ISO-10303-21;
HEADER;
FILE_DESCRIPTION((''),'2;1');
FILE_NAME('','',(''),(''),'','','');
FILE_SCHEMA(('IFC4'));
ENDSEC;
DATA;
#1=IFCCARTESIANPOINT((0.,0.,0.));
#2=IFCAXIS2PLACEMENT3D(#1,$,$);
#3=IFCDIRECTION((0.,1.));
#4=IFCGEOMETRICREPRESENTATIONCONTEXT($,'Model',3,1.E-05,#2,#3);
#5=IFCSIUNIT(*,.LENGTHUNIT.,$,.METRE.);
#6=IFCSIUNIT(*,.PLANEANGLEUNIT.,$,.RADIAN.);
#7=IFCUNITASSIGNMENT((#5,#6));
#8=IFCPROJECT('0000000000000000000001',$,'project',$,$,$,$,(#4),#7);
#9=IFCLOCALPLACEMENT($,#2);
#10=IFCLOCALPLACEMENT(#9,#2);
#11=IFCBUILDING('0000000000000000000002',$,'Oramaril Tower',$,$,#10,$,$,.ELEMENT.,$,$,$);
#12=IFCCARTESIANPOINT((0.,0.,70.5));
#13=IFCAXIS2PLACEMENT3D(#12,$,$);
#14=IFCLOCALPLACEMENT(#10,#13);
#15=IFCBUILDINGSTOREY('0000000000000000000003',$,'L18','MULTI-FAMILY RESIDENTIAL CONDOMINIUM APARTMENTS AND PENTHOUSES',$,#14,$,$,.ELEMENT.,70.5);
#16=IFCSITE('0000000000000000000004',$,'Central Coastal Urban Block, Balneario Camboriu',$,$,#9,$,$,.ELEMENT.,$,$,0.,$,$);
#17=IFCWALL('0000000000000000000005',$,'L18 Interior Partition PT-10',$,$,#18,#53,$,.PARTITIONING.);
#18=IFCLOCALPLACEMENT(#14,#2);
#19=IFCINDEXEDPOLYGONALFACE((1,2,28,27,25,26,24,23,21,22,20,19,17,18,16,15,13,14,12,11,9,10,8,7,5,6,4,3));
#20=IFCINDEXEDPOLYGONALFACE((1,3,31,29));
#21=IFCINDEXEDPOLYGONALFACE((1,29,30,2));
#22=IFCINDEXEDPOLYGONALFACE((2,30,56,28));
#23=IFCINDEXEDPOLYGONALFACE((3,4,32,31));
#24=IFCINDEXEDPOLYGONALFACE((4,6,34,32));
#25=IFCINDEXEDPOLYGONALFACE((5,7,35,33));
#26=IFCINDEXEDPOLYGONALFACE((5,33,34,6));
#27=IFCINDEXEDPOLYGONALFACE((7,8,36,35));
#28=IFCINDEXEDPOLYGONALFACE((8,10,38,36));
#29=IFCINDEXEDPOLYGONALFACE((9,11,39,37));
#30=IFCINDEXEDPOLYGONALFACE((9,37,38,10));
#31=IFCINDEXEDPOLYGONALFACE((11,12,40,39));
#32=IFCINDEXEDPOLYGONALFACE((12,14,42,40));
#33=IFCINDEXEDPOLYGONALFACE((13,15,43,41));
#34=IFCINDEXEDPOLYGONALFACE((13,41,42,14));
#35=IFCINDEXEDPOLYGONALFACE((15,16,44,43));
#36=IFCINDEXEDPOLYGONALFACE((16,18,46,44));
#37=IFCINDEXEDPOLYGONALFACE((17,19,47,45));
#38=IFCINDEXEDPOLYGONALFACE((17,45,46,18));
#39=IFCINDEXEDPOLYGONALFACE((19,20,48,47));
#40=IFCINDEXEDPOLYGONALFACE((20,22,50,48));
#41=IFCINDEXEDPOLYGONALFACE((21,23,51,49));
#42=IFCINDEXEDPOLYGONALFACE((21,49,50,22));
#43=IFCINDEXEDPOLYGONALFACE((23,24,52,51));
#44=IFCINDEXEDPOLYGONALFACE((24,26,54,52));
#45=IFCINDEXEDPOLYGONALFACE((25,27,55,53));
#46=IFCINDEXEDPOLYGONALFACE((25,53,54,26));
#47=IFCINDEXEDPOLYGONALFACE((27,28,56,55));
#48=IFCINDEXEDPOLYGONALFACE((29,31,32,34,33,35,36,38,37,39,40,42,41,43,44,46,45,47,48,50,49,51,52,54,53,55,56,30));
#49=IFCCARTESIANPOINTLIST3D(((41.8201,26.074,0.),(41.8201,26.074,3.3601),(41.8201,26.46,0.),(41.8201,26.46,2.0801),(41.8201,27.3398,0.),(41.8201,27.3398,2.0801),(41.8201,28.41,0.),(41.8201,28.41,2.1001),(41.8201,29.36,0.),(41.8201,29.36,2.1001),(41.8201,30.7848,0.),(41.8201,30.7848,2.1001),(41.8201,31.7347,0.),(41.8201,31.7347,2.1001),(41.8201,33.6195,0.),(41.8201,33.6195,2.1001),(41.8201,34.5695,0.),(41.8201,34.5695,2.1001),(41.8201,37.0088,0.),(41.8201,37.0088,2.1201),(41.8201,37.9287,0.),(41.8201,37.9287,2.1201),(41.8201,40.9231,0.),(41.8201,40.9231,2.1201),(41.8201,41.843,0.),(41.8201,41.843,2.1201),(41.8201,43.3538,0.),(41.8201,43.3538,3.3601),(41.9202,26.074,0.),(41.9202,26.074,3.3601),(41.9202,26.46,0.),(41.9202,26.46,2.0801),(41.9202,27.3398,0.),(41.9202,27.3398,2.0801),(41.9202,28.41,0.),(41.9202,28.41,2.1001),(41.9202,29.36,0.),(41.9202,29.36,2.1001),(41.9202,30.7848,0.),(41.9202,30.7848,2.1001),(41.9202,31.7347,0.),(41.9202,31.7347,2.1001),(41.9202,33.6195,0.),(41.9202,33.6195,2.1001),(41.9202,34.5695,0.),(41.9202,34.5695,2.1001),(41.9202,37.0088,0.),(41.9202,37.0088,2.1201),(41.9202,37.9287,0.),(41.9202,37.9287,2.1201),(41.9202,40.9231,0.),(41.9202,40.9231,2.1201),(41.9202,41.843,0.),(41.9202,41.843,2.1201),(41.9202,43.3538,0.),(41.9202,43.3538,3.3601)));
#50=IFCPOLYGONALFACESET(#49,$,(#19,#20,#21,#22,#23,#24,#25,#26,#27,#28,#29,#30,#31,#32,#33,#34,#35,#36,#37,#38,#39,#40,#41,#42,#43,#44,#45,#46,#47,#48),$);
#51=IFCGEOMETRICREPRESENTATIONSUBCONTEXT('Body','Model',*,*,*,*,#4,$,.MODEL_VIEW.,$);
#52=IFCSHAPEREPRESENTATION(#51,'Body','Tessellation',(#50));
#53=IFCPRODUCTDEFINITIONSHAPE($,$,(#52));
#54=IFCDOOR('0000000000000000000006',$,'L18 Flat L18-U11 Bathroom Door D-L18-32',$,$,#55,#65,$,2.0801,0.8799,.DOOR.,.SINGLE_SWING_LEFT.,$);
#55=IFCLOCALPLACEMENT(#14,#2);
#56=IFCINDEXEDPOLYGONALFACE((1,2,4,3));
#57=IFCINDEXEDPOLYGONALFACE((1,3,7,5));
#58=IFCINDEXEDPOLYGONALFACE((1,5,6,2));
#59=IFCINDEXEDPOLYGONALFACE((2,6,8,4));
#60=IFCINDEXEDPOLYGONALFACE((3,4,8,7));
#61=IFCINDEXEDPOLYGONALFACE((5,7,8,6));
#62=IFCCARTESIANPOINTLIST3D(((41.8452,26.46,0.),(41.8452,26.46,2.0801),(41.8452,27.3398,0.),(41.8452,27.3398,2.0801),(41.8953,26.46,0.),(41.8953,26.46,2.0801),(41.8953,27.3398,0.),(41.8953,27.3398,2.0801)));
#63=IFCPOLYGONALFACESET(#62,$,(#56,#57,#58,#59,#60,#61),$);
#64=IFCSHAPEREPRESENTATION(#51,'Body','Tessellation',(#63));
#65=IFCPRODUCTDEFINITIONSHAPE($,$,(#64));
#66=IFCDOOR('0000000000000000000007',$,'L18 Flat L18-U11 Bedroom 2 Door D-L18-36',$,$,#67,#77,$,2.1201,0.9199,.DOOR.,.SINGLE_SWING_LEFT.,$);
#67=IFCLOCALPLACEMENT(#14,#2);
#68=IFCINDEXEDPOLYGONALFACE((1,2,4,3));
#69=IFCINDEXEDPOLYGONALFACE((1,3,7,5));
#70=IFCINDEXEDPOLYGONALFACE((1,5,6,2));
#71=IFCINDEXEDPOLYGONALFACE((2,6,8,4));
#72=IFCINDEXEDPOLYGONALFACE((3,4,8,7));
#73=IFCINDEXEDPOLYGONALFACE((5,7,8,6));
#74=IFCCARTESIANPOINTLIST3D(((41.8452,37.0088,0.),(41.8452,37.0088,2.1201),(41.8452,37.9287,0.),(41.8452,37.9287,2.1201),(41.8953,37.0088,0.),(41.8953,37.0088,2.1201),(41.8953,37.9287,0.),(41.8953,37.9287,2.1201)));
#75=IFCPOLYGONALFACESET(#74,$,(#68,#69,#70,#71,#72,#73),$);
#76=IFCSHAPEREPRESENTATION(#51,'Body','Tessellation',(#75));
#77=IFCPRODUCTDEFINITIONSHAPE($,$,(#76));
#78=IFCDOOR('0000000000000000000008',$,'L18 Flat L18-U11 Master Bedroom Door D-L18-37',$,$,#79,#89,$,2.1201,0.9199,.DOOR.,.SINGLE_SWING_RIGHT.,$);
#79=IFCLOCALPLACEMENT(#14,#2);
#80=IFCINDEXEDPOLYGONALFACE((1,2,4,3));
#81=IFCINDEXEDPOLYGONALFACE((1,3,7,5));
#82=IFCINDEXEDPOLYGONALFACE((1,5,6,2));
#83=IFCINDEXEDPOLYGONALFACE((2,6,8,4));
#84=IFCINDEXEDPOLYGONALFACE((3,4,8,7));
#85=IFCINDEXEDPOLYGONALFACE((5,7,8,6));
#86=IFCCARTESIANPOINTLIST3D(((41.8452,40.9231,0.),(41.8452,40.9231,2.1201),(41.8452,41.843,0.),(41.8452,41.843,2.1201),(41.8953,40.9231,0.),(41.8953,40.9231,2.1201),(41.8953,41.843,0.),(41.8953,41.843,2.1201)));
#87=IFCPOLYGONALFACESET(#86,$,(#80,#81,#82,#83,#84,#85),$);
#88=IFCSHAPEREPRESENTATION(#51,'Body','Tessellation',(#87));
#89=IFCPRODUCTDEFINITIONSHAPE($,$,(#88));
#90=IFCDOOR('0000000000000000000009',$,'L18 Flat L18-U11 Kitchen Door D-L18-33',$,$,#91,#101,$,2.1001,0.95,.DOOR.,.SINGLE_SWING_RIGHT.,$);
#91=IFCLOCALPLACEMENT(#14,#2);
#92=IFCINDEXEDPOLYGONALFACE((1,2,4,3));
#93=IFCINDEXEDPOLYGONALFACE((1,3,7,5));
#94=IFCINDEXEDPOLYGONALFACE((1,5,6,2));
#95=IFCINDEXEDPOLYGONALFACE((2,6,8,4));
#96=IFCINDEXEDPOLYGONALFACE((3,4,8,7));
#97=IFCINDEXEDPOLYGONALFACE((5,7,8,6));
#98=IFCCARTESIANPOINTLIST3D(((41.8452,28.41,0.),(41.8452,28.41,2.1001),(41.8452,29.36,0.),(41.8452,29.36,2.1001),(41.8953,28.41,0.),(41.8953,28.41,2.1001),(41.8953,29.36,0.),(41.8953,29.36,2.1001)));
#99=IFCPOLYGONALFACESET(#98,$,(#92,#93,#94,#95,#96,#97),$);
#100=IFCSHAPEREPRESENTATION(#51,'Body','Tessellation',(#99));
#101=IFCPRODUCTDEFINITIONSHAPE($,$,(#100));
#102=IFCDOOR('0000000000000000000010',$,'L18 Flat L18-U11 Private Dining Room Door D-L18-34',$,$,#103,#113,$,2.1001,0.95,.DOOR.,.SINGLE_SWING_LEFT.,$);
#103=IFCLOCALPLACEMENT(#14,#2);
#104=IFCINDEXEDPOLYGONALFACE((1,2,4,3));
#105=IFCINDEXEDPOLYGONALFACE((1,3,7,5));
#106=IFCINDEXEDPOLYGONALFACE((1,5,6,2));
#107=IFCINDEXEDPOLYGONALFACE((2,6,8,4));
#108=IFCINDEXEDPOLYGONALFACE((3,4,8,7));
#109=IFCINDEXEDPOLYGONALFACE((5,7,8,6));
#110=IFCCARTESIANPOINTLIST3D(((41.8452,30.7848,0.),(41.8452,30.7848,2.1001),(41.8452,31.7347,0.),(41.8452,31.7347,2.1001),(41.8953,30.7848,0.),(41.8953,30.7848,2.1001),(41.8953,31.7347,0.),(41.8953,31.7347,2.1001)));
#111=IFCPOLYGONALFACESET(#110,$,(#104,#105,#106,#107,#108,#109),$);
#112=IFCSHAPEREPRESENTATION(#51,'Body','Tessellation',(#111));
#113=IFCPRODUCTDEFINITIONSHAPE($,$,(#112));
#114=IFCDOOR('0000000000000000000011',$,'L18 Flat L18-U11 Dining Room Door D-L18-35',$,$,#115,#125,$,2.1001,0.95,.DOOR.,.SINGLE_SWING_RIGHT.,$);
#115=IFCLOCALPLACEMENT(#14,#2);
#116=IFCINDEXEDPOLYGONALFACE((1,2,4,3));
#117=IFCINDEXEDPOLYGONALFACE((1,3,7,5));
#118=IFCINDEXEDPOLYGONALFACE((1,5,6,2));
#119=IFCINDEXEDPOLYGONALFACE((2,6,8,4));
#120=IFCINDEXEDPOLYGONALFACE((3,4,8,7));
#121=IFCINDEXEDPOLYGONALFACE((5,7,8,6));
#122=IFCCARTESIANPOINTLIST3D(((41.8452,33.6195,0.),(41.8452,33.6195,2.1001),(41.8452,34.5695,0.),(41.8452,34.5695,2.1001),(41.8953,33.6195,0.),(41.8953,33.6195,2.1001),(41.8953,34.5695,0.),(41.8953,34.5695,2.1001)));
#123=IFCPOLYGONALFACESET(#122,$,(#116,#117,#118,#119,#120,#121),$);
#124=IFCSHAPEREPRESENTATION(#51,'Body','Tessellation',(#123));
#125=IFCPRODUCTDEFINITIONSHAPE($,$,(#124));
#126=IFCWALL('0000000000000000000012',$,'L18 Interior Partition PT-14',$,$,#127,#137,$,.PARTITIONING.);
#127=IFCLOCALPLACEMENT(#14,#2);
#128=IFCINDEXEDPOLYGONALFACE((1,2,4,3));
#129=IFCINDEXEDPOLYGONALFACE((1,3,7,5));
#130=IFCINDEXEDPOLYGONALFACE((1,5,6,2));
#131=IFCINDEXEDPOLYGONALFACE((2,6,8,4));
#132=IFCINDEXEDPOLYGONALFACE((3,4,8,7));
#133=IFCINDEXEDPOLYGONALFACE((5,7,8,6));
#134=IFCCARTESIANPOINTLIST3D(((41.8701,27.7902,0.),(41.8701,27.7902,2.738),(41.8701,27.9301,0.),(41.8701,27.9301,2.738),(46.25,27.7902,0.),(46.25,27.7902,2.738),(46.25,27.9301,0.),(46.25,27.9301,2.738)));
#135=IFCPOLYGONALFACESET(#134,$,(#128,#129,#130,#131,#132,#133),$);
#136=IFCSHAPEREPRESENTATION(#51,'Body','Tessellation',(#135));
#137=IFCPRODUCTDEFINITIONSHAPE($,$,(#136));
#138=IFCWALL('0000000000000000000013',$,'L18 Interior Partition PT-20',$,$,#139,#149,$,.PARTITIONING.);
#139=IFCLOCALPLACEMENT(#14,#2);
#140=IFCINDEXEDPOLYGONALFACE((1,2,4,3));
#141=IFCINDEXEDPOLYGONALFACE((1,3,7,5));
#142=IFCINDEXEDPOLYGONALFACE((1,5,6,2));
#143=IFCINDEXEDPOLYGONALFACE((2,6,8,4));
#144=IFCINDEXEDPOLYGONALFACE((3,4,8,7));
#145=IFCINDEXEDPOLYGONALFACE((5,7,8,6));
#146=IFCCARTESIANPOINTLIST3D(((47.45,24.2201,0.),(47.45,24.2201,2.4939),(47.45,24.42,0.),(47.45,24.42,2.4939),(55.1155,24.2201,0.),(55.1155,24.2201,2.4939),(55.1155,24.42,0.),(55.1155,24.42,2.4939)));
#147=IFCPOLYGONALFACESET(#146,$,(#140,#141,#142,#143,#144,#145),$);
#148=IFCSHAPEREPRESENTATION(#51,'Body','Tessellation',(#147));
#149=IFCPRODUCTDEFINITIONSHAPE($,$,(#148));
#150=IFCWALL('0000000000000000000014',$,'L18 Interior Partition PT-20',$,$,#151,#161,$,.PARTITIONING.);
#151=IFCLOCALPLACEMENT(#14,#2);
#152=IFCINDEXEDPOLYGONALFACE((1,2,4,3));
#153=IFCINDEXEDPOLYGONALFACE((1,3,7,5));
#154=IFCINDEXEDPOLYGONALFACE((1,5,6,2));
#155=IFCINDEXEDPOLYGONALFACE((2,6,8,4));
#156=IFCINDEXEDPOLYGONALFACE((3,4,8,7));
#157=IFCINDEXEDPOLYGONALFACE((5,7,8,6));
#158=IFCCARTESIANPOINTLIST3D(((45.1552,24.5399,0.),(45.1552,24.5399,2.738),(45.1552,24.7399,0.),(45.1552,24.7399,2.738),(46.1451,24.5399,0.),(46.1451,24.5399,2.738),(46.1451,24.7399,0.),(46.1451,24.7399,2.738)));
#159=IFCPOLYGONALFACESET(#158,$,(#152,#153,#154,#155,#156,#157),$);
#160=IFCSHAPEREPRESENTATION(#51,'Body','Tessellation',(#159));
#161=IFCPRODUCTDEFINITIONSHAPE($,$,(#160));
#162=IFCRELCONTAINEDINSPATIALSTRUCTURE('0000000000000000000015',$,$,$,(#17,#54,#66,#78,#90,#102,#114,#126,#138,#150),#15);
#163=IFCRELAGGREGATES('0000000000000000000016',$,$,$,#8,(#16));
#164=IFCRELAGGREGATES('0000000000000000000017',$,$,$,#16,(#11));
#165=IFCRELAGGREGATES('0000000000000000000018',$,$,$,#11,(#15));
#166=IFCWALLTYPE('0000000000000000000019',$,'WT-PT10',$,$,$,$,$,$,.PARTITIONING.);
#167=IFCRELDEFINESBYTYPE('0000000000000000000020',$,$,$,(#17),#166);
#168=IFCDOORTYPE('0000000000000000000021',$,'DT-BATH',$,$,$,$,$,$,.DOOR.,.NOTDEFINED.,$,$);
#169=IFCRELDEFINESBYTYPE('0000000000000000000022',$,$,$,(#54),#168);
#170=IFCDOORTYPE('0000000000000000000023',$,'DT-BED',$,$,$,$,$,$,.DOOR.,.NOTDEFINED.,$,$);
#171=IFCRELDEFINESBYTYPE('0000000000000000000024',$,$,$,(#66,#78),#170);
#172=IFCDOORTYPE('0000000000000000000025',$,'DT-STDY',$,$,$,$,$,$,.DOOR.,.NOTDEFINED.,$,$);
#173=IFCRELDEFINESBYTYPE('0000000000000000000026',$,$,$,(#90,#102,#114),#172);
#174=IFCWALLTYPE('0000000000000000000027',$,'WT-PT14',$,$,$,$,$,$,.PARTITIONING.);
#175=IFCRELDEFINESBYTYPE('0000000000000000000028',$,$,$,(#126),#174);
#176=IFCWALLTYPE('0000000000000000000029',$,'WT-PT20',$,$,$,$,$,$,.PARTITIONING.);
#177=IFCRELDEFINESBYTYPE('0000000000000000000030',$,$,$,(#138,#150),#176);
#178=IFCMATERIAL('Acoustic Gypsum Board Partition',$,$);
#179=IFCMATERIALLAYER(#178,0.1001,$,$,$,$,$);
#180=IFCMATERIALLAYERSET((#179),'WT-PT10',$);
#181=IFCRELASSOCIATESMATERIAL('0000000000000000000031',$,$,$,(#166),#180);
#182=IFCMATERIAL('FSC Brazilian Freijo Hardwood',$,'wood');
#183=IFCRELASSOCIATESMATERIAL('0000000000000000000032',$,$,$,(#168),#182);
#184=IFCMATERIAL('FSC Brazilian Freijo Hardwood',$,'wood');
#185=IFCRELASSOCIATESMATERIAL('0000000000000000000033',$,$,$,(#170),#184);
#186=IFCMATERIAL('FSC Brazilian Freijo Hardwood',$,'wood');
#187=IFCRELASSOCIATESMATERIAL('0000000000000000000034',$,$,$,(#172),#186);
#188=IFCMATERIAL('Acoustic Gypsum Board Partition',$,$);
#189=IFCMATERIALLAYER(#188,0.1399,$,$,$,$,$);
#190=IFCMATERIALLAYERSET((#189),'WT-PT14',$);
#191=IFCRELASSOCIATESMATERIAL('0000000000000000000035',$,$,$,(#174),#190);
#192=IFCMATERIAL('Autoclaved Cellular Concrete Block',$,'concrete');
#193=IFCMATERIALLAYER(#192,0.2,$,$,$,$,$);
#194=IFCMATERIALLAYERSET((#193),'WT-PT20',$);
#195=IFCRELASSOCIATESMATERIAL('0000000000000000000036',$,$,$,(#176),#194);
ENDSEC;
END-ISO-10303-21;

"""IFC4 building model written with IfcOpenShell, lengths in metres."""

from ifc_helpers import new_model, si_unit, direction, frame, frame_2d, origin, place, context, subcontext, project, spatial, rectangle, extrude, material, layer, layer_set, type_object, element, fill, save


model = new_model("IFC4")

# Units and contexts
model_context = context("Model", 3, precision=1e-05, world=origin(), true_north=direction((0.0, 1.0)))
body_context = subcontext(model_context, "Body", "Model", "MODEL_VIEW")
ifc_project = project(units=[si_unit("LENGTHUNIT", "METRE"), si_unit("PLANEANGLEUNIT", "RADIAN")], contexts=[model_context])

# Site, building, storey
site_placement = place(None, origin())
site = spatial("IfcSite", under=ifc_project, at=site_placement, Name="Central Coastal Urban Block, Balneario Camboriu", CompositionType="ELEMENT", RefElevation=0.0)
building_placement = place(site_placement, origin())
building = spatial("IfcBuilding", under=site, at=building_placement, Name="Oramaril Tower", CompositionType="ELEMENT")
storey_placement = place(building_placement, frame((0.0, 0.0, 70.5)))
storey = spatial("IfcBuildingStorey", under=building, at=storey_placement, Name="L18", Description="MULTI-FAMILY RESIDENTIAL CONDOMINIUM APARTMENTS AND PENTHOUSES", CompositionType="ELEMENT", Elevation=70.5)

# Wall, openings, doors
ifc_material_1 = material(Name="Acoustic Gypsum Board Partition")
ifc_layer_1 = layer(ifc_material_1, 0.1001)
ifc_layer_set_1 = layer_set([ifc_layer_1], Name="WT-PT10")
wall_type_1 = type_object("IfcWallType", Name="WT-PT10", PredefinedType="PARTITIONING", material=ifc_layer_set_1)
wall_1_placement = place(storey_placement, frame((41.8701, 26.074, 0.0), z_axis=(0.0, 0.0, 1.0), x_axis=(0.0, 1.0, 0.0)))
wall_1 = element("IfcWall", 1, at=wall_1_placement, inside=storey, type_object=wall_type_1, Name="L18 Interior Partition PT-10", PredefinedType="PARTITIONING", context=body_context, shape_type="SweptSolid", body=[
    extrude(rectangle(XDim=17.2798, YDim=0.1001, at=frame_2d((8.6399, 0.0))), origin(), (0.0, 0.0, 1.0), 3.3601),
])
opening_1_placement = place(wall_1_placement, frame((0.386, 0.0, 0.0)))
opening_1 = element("IfcOpeningElement", 2, at=opening_1_placement, cuts=wall_1, PredefinedType="OPENING", context=body_context, shape_type="SweptSolid", body=[
    extrude(rectangle(XDim=0.8799, YDim=2.0801, at=frame_2d((0.4399, 1.04))), frame((0.0, 0.05, 0.0), z_axis=(0.0, -1.0, 0.0), x_axis=(1.0, 0.0, 0.0)), (0.0, 0.0, 1.0), 0.1001),
])
opening_2_placement = place(wall_1_placement, frame((2.3359, 0.0, 0.0)))
opening_2 = element("IfcOpeningElement", 3, at=opening_2_placement, cuts=wall_1, PredefinedType="OPENING", context=body_context, shape_type="SweptSolid", body=[
    extrude(rectangle(XDim=0.95, YDim=2.1001, at=frame_2d((0.4751, 1.05))), frame((0.0, 0.05, 0.0), z_axis=(0.0, -1.0, 0.0), x_axis=(1.0, 0.0, 0.0)), (0.0, 0.0, 1.0), 0.1001),
])
opening_3_placement = place(wall_1_placement, frame((4.7107, 0.0, 0.0)))
opening_3 = element("IfcOpeningElement", 4, at=opening_3_placement, cuts=wall_1, PredefinedType="OPENING", context=body_context, shape_type="SweptSolid", body=[
    extrude(rectangle(XDim=0.95, YDim=2.1001, at=frame_2d((0.4751, 1.05))), frame((0.0, 0.05, 0.0), z_axis=(0.0, -1.0, 0.0), x_axis=(1.0, 0.0, 0.0)), (0.0, 0.0, 1.0), 0.1001),
])
opening_4_placement = place(wall_1_placement, frame((7.5454, 0.0, 0.0)))
opening_4 = element("IfcOpeningElement", 5, at=opening_4_placement, cuts=wall_1, PredefinedType="OPENING", context=body_context, shape_type="SweptSolid", body=[
    extrude(rectangle(XDim=0.95, YDim=2.1001, at=frame_2d((0.4751, 1.05))), frame((0.0, 0.05, 0.0), z_axis=(0.0, -1.0, 0.0), x_axis=(1.0, 0.0, 0.0)), (0.0, 0.0, 1.0), 0.1001),
])
opening_5_placement = place(wall_1_placement, frame((10.9348, 0.0, 0.0)))
opening_5 = element("IfcOpeningElement", 6, at=opening_5_placement, cuts=wall_1, PredefinedType="OPENING", context=body_context, shape_type="SweptSolid", body=[
    extrude(rectangle(XDim=0.9199, YDim=2.1201, at=frame_2d((0.46, 1.0601))), frame((0.0, 0.05, 0.0), z_axis=(0.0, -1.0, 0.0), x_axis=(1.0, 0.0, 0.0)), (0.0, 0.0, 1.0), 0.1001),
])
opening_6_placement = place(wall_1_placement, frame((14.8491, 0.0, 0.0)))
opening_6 = element("IfcOpeningElement", 7, at=opening_6_placement, cuts=wall_1, PredefinedType="OPENING", context=body_context, shape_type="SweptSolid", body=[
    extrude(rectangle(XDim=0.9199, YDim=2.1201, at=frame_2d((0.46, 1.0601))), frame((0.0, 0.05, 0.0), z_axis=(0.0, -1.0, 0.0), x_axis=(1.0, 0.0, 0.0)), (0.0, 0.0, 1.0), 0.1001),
])
ifc_material_2 = material(Name="FSC Brazilian Freijo Hardwood", Category="wood")
door_type_1 = type_object("IfcDoorType", Name="DT-BATH", OperationType="NOTDEFINED", PredefinedType="DOOR", material=ifc_material_2)
door_1_placement = place(opening_1_placement, origin())
door_1 = element("IfcDoor", 8, at=door_1_placement, inside=storey, type_object=door_type_1, Name="L18 Flat L18-U11 Bathroom Door D-L18-32", OperationType="SINGLE_SWING_LEFT", OverallHeight=2.0801, OverallWidth=0.8799, PredefinedType="DOOR", context=body_context, shape_type="SweptSolid", body=[
    extrude(rectangle(XDim=0.8799, YDim=2.0801, at=frame_2d((0.4399, 1.04))), frame((0.0, 0.0249, 0.0), z_axis=(0.0, -1.0, 0.0), x_axis=(1.0, 0.0, 0.0)), (0.0, 0.0, 1.0), 0.05),
])
fill(opening_1, door_1)
ifc_material_3 = material(Name="FSC Brazilian Freijo Hardwood", Category="wood")
door_type_2 = type_object("IfcDoorType", Name="DT-BED", OperationType="NOTDEFINED", PredefinedType="DOOR", material=ifc_material_3)
door_2_placement = place(opening_5_placement, origin())
door_2 = element("IfcDoor", 9, at=door_2_placement, inside=storey, type_object=door_type_2, Name="L18 Flat L18-U11 Bedroom 2 Door D-L18-36", OperationType="SINGLE_SWING_LEFT", OverallHeight=2.1201, OverallWidth=0.9199, PredefinedType="DOOR", context=body_context, shape_type="SweptSolid", body=[
    extrude(rectangle(XDim=0.9199, YDim=2.1201, at=frame_2d((0.46, 1.0601))), frame((0.0, 0.0249, 0.0), z_axis=(0.0, -1.0, 0.0), x_axis=(1.0, 0.0, 0.0)), (0.0, 0.0, 1.0), 0.05),
])
fill(opening_5, door_2)
door_3_placement = place(opening_6_placement, origin())
door_3 = element("IfcDoor", 10, at=door_3_placement, inside=storey, type_object=door_type_2, Name="L18 Flat L18-U11 Master Bedroom Door D-L18-37", OperationType="SINGLE_SWING_RIGHT", OverallHeight=2.1201, OverallWidth=0.9199, PredefinedType="DOOR", context=body_context, shape_type="SweptSolid", body=[
    extrude(rectangle(XDim=0.9199, YDim=2.1201, at=frame_2d((0.46, 1.0601))), frame((0.0, 0.0249, 0.0), z_axis=(0.0, -1.0, 0.0), x_axis=(1.0, 0.0, 0.0)), (0.0, 0.0, 1.0), 0.05),
])
fill(opening_6, door_3)
ifc_material_4 = material(Name="FSC Brazilian Freijo Hardwood", Category="wood")
door_type_3 = type_object("IfcDoorType", Name="DT-STDY", OperationType="NOTDEFINED", PredefinedType="DOOR", material=ifc_material_4)
door_4_placement = place(opening_2_placement, origin())
door_4 = element("IfcDoor", 11, at=door_4_placement, inside=storey, type_object=door_type_3, Name="L18 Flat L18-U11 Kitchen Door D-L18-33", OperationType="SINGLE_SWING_RIGHT", OverallHeight=2.1001, OverallWidth=0.95, PredefinedType="DOOR", context=body_context, shape_type="SweptSolid", body=[
    extrude(rectangle(XDim=0.95, YDim=2.1001, at=frame_2d((0.4751, 1.05))), frame((0.0, 0.0249, 0.0), z_axis=(0.0, -1.0, 0.0), x_axis=(1.0, 0.0, 0.0)), (0.0, 0.0, 1.0), 0.05),
])
fill(opening_2, door_4)
door_5_placement = place(opening_3_placement, origin())
door_5 = element("IfcDoor", 12, at=door_5_placement, inside=storey, type_object=door_type_3, Name="L18 Flat L18-U11 Private Dining Room Door D-L18-34", OperationType="SINGLE_SWING_LEFT", OverallHeight=2.1001, OverallWidth=0.95, PredefinedType="DOOR", context=body_context, shape_type="SweptSolid", body=[
    extrude(rectangle(XDim=0.95, YDim=2.1001, at=frame_2d((0.4751, 1.05))), frame((0.0, 0.0249, 0.0), z_axis=(0.0, -1.0, 0.0), x_axis=(1.0, 0.0, 0.0)), (0.0, 0.0, 1.0), 0.05),
])
fill(opening_3, door_5)
door_6_placement = place(opening_4_placement, origin())
door_6 = element("IfcDoor", 13, at=door_6_placement, inside=storey, type_object=door_type_3, Name="L18 Flat L18-U11 Dining Room Door D-L18-35", OperationType="SINGLE_SWING_RIGHT", OverallHeight=2.1001, OverallWidth=0.95, PredefinedType="DOOR", context=body_context, shape_type="SweptSolid", body=[
    extrude(rectangle(XDim=0.95, YDim=2.1001, at=frame_2d((0.4751, 1.05))), frame((0.0, 0.0249, 0.0), z_axis=(0.0, -1.0, 0.0), x_axis=(1.0, 0.0, 0.0)), (0.0, 0.0, 1.0), 0.05),
])
fill(opening_4, door_6)

# Walls
ifc_material_5 = material(Name="Acoustic Gypsum Board Partition")
ifc_layer_2 = layer(ifc_material_5, 0.1399)
ifc_layer_set_2 = layer_set([ifc_layer_2], Name="WT-PT14")
wall_type_2 = type_object("IfcWallType", Name="WT-PT14", PredefinedType="PARTITIONING", material=ifc_layer_set_2)
wall_2_placement = place(storey_placement, frame((41.8701, 27.8601, 0.0), z_axis=(0.0, 0.0, 1.0), x_axis=(1.0, 0.0, 0.0)))
element("IfcWall", 14, at=wall_2_placement, inside=storey, type_object=wall_type_2, Name="L18 Interior Partition PT-14", PredefinedType="PARTITIONING", context=body_context, shape_type="SweptSolid", body=[
    extrude(rectangle(XDim=4.3799, YDim=0.1399, at=frame_2d((2.1899, 0.0))), origin(), (0.0, 0.0, 1.0), 2.738),
])
ifc_material_6 = material(Name="Autoclaved Cellular Concrete Block", Category="concrete")
ifc_layer_3 = layer(ifc_material_6, 0.2)
ifc_layer_set_3 = layer_set([ifc_layer_3], Name="WT-PT20")
wall_type_3 = type_object("IfcWallType", Name="WT-PT20", PredefinedType="PARTITIONING", material=ifc_layer_set_3)
wall_3_placement = place(storey_placement, frame((47.45, 24.3201, 0.0), z_axis=(0.0, 0.0, 1.0), x_axis=(1.0, 0.0, 0.0)))
element("IfcWall", 15, at=wall_3_placement, inside=storey, type_object=wall_type_3, Name="L18 Interior Partition PT-20", PredefinedType="PARTITIONING", context=body_context, shape_type="SweptSolid", body=[
    extrude(rectangle(XDim=7.6655, YDim=0.2, at=frame_2d((3.8328, 0.0))), origin(), (0.0, 0.0, 1.0), 2.4939),
])
wall_4_placement = place(storey_placement, frame((45.155, 24.6399, 0.0), z_axis=(0.0, 0.0, 1.0), x_axis=(1.0, 0.0, 0.0)))
element("IfcWall", 16, at=wall_4_placement, inside=storey, type_object=wall_type_3, Name="L18 Interior Partition PT-20", PredefinedType="PARTITIONING", context=body_context, shape_type="SweptSolid", body=[
    extrude(rectangle(XDim=0.99, YDim=0.2, at=frame_2d((0.4951, 0.0))), origin(), (0.0, 0.0, 1.0), 2.738),
])

save(model, "model.ifc")
